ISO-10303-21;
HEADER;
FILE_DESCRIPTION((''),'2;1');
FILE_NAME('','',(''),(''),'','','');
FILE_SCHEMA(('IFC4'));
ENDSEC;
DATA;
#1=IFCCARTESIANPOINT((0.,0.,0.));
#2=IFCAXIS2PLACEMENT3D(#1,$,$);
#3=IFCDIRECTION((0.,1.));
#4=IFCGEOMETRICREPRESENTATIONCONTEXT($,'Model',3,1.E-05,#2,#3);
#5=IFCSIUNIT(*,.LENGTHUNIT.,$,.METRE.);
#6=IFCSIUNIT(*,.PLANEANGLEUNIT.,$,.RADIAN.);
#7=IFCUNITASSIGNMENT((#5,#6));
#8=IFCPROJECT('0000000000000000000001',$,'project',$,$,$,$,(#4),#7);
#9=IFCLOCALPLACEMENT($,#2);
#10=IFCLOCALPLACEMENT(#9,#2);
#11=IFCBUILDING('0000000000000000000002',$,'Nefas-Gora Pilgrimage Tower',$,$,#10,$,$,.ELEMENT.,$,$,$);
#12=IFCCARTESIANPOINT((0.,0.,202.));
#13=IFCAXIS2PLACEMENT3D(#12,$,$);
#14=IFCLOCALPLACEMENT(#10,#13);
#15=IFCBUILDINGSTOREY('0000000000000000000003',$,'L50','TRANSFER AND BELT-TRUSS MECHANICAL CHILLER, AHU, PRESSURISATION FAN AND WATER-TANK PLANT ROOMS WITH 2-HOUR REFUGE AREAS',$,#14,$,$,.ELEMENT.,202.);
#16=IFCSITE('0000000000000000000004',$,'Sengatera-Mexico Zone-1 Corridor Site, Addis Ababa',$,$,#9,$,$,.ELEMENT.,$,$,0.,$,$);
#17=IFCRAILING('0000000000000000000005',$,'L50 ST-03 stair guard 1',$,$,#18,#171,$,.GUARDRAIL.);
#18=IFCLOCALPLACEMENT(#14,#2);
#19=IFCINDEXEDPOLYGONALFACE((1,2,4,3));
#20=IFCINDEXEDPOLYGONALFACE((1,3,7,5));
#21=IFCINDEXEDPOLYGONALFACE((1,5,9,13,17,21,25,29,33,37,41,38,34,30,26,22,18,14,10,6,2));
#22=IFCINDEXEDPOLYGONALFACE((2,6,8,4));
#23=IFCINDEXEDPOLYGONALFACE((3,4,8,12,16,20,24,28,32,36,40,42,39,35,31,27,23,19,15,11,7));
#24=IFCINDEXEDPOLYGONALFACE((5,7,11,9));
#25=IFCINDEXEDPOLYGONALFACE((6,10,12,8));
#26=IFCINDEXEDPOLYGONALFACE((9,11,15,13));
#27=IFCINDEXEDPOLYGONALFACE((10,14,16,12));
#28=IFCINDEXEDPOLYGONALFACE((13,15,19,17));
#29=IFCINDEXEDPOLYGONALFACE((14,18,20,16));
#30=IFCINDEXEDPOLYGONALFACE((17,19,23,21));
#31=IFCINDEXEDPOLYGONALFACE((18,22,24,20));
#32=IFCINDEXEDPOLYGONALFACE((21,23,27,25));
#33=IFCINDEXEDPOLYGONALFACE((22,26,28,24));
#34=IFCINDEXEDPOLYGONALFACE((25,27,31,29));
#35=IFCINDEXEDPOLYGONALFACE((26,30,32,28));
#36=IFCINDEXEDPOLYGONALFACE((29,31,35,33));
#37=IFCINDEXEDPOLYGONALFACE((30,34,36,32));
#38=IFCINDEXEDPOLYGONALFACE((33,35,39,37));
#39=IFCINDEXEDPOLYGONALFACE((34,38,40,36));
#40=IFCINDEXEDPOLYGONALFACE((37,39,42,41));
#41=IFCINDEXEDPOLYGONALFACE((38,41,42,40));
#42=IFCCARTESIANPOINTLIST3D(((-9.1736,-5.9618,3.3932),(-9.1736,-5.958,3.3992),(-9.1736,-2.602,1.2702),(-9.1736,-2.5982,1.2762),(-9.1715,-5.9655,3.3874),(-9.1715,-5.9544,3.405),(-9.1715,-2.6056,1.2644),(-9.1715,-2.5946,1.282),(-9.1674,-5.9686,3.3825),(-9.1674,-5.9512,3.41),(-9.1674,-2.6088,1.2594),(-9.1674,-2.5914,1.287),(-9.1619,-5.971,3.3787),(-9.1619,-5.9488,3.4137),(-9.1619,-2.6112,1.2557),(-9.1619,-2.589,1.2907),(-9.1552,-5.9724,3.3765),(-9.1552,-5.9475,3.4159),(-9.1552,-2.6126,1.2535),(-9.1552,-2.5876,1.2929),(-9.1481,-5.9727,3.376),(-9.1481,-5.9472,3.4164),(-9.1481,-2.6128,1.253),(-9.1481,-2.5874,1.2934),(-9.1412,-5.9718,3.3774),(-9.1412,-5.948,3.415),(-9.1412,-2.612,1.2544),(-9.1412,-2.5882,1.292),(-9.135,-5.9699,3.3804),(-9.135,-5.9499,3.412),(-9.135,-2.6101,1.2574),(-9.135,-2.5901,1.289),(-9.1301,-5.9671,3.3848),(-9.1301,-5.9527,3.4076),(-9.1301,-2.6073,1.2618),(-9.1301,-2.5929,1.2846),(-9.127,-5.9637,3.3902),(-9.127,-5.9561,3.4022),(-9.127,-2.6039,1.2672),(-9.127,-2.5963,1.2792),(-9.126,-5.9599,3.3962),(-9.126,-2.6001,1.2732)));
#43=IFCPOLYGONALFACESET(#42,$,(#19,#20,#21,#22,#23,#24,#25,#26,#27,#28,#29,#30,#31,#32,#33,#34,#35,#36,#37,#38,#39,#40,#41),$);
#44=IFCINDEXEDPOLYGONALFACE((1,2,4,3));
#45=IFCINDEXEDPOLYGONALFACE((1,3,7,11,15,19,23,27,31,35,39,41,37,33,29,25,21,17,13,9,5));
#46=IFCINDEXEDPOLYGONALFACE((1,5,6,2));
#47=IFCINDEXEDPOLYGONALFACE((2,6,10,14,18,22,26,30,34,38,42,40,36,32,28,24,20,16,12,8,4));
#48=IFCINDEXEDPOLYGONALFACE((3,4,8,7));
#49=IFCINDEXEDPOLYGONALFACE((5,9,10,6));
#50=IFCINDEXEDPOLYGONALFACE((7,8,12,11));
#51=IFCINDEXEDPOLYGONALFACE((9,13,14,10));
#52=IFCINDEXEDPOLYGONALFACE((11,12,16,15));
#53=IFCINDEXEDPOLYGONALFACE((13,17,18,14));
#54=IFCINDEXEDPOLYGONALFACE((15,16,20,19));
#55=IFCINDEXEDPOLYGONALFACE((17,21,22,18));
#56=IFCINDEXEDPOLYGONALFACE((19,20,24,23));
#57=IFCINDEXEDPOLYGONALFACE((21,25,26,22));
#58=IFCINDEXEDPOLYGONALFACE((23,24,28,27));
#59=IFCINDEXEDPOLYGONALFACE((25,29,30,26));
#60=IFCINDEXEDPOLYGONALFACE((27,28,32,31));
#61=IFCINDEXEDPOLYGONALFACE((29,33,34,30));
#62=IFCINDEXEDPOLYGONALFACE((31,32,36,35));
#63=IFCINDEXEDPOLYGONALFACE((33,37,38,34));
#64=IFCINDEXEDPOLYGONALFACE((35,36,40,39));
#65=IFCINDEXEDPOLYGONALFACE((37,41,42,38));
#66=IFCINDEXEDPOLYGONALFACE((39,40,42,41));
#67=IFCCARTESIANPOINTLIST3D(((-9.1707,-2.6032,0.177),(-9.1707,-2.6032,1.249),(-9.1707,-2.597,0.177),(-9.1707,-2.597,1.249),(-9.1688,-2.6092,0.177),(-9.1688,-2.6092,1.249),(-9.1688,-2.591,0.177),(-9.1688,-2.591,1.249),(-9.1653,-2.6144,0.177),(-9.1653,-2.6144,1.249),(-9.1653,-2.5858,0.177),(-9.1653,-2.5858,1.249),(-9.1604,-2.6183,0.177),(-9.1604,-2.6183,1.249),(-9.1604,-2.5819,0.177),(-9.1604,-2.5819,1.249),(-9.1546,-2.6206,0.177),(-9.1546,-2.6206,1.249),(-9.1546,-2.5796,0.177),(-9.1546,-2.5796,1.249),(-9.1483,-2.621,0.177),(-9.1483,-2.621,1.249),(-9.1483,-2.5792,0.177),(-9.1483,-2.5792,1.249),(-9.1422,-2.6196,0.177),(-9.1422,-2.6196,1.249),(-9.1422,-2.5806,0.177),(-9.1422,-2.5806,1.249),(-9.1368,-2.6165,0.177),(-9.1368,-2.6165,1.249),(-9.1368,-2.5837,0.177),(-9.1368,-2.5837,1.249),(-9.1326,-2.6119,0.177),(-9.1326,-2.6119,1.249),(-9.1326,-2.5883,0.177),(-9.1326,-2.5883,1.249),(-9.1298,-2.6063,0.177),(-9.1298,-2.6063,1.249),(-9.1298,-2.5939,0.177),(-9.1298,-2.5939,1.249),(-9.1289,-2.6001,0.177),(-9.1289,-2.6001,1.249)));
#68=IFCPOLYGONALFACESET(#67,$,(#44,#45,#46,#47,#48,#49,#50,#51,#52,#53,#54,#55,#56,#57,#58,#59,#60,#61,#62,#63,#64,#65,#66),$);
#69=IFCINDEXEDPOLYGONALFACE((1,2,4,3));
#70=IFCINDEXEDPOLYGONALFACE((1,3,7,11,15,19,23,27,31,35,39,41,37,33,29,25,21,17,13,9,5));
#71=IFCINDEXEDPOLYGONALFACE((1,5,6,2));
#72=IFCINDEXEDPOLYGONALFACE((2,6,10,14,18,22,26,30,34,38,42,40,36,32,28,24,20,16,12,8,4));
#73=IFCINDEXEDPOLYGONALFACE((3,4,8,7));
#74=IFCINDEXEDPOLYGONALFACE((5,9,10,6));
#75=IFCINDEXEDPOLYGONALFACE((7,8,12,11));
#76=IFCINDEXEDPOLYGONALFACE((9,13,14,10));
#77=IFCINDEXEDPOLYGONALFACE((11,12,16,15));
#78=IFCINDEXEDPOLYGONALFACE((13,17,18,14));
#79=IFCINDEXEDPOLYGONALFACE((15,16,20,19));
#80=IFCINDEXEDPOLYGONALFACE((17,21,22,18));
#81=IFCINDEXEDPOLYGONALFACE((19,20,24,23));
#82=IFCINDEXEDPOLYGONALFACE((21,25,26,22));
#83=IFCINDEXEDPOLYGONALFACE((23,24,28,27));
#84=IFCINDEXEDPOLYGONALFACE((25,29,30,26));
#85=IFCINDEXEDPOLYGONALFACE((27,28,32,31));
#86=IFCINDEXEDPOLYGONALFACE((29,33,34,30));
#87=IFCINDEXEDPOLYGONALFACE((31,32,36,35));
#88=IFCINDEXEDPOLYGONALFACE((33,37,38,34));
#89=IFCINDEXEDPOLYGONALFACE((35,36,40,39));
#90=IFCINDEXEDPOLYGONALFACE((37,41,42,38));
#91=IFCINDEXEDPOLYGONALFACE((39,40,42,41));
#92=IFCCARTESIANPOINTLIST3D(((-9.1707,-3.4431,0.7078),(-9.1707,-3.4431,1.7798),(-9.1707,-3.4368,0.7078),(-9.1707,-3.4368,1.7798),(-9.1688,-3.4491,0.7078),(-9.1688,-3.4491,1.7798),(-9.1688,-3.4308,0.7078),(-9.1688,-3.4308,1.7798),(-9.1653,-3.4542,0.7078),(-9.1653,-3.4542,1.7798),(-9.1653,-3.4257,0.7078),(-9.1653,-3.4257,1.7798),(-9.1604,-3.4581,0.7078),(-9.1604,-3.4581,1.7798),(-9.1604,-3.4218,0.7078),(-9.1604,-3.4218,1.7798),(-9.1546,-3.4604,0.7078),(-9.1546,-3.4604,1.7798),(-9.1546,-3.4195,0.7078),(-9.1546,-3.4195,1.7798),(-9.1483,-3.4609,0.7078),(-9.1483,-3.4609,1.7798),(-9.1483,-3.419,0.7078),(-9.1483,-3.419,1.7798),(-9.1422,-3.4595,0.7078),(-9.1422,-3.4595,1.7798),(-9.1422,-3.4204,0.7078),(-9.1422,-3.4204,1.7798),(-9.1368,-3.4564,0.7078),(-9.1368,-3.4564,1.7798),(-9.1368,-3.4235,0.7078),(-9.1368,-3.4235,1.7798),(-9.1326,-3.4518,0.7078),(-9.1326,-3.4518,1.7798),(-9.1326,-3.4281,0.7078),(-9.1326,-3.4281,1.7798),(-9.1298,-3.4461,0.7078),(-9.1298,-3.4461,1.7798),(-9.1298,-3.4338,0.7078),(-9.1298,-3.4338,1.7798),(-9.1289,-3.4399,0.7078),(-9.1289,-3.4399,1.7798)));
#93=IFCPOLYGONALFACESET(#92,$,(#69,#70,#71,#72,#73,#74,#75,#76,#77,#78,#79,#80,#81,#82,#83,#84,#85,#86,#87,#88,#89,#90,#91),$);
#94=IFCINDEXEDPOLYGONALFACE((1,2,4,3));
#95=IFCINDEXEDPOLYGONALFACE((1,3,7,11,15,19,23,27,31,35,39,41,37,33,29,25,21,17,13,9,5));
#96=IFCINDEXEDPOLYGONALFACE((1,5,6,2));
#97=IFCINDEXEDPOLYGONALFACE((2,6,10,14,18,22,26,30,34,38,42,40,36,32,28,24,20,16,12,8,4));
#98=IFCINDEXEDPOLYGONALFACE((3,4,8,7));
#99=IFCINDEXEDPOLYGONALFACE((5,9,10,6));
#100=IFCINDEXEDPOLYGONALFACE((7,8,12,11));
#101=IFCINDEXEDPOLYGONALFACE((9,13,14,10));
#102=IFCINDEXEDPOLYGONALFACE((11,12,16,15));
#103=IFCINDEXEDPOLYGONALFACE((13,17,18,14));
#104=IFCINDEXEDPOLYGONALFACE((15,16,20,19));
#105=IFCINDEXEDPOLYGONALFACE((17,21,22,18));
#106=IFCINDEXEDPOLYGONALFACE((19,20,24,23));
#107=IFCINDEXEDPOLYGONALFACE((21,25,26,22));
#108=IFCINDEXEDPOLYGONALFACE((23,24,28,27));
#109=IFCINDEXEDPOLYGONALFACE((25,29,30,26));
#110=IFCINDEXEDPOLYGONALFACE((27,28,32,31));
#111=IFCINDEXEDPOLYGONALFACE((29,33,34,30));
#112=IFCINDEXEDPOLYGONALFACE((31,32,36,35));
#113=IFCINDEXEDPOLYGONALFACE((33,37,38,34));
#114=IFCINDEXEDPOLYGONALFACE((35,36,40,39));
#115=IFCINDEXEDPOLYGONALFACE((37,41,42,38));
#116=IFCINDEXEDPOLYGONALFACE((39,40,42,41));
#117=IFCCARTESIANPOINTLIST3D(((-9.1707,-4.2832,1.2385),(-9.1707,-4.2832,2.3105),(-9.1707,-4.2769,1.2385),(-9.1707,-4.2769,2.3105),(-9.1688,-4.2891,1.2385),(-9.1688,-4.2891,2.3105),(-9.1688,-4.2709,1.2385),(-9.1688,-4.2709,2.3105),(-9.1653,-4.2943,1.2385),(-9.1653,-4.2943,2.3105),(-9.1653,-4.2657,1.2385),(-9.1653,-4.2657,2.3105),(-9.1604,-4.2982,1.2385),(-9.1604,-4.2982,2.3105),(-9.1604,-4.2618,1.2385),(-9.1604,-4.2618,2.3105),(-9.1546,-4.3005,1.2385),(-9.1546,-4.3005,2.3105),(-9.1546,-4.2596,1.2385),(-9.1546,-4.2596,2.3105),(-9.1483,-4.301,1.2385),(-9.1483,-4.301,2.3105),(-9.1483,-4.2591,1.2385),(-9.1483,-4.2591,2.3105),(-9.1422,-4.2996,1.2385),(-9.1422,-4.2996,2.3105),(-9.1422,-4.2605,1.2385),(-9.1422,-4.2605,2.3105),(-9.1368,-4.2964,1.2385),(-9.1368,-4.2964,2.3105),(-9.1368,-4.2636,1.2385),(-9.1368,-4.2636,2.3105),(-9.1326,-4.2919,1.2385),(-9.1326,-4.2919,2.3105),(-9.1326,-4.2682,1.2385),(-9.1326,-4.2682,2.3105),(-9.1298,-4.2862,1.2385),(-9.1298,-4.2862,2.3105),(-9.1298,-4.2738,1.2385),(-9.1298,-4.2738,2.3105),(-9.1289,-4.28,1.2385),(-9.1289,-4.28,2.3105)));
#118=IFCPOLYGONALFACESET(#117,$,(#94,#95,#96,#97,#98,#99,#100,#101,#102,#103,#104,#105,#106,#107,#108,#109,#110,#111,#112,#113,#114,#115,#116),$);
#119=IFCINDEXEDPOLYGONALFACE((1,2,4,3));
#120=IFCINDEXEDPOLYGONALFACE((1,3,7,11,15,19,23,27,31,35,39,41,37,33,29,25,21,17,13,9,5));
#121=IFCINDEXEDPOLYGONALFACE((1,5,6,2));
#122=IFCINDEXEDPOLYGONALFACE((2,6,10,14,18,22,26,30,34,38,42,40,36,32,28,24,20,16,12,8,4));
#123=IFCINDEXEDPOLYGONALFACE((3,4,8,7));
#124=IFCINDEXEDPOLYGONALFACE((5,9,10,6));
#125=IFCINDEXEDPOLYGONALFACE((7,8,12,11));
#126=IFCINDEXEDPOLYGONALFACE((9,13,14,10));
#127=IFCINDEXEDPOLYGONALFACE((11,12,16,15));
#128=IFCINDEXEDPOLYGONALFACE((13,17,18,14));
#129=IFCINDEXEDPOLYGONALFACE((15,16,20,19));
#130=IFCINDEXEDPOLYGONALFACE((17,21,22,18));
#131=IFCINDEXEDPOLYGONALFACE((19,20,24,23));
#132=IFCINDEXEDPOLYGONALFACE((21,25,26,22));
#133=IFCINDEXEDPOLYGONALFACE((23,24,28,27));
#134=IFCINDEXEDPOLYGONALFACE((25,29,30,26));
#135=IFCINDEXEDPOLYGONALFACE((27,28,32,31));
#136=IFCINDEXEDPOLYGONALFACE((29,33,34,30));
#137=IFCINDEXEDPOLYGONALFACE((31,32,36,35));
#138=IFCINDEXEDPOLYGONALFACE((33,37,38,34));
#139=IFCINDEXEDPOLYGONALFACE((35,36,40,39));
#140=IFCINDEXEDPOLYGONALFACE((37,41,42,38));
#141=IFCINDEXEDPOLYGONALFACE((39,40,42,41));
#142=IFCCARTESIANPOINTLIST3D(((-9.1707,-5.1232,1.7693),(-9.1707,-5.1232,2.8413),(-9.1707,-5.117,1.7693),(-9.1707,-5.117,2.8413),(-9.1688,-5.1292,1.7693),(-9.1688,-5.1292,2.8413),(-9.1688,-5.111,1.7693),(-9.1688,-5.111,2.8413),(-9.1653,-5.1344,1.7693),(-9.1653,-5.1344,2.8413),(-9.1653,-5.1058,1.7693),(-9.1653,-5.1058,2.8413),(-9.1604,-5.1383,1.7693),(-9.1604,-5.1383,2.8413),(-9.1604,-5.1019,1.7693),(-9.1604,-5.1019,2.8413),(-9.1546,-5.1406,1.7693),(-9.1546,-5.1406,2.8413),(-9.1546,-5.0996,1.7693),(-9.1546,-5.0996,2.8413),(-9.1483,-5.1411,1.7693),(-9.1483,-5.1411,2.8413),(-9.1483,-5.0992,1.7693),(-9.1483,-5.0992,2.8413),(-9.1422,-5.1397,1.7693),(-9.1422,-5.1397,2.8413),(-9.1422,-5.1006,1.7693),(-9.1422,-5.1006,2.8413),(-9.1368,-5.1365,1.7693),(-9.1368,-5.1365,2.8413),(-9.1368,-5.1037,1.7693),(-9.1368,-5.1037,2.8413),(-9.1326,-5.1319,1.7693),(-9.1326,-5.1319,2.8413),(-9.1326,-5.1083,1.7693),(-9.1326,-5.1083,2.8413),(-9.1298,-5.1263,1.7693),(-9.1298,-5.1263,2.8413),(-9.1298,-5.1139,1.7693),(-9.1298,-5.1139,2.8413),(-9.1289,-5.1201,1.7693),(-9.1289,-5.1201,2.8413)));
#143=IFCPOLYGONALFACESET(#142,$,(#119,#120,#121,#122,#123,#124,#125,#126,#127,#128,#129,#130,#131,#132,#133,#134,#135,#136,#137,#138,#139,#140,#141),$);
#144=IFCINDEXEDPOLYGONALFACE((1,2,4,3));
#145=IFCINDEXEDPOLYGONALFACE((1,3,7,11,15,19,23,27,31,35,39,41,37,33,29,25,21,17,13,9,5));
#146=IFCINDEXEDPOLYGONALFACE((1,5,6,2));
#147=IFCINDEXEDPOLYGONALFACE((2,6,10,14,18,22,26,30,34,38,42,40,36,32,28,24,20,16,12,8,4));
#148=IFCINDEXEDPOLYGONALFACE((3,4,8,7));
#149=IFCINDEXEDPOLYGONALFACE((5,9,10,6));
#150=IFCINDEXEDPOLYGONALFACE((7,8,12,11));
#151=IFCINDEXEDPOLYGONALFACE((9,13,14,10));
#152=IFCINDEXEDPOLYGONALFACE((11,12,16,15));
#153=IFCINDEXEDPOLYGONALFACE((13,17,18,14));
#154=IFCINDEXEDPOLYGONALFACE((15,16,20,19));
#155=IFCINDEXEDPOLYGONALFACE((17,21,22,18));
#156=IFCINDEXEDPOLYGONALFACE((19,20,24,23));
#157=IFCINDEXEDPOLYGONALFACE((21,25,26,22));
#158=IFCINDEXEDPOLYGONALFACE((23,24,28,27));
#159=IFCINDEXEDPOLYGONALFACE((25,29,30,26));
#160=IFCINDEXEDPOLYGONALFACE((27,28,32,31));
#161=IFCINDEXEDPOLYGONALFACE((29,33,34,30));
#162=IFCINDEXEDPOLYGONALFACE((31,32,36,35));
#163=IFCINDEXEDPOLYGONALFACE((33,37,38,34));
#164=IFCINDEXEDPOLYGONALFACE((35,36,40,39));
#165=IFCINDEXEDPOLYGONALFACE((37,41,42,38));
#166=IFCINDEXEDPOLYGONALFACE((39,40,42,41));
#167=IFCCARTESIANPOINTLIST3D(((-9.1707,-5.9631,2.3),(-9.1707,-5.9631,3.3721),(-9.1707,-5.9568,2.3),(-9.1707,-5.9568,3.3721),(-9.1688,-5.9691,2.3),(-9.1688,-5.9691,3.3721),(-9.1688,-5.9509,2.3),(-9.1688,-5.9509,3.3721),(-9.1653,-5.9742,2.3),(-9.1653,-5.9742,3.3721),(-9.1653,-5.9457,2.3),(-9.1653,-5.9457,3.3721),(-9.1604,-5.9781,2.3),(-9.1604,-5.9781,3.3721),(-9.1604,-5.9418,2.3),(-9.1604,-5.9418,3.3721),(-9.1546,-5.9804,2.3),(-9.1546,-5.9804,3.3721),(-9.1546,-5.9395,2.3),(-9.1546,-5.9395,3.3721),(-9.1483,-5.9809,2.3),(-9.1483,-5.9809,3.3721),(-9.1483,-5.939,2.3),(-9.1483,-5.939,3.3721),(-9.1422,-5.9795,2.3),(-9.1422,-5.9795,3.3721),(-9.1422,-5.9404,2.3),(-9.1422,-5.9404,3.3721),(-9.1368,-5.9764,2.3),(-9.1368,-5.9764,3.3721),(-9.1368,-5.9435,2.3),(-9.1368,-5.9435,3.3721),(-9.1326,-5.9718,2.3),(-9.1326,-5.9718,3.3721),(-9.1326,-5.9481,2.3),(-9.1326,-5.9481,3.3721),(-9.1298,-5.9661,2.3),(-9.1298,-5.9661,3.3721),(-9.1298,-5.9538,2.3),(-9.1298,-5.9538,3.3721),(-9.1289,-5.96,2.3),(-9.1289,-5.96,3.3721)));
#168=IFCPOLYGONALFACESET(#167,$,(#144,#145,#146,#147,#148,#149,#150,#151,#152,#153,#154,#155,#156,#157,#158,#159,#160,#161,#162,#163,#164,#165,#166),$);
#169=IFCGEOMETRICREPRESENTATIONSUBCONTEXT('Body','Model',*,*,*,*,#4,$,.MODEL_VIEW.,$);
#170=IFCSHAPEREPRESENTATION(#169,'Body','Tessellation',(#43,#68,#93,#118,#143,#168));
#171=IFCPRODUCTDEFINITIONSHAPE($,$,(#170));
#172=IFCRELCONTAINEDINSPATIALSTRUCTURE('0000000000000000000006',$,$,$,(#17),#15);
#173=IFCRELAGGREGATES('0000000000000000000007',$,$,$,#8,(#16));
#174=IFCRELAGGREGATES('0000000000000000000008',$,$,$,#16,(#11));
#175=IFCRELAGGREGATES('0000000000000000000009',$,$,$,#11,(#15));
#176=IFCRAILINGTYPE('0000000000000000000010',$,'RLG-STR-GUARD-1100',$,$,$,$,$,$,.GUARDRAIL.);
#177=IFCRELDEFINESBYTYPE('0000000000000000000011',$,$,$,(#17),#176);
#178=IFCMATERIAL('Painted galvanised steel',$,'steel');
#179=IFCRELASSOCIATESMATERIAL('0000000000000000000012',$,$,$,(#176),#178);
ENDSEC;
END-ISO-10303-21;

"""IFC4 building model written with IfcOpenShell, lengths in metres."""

from ifc_helpers import new_model, si_unit, direction, frame, origin, origin_2d, place, context, subcontext, project, spatial, circle, extrude, material, type_object, element, save


model = new_model("IFC4")

# Units and contexts
model_context = context("Model", 3, precision=1e-05, world=origin(), true_north=direction((0.0, 1.0)))
body_context = subcontext(model_context, "Body", "Model", "MODEL_VIEW")
ifc_project = project(units=[si_unit("LENGTHUNIT", "METRE"), si_unit("PLANEANGLEUNIT", "RADIAN")], contexts=[model_context])

# Site, building, storey
site_placement = place(None, origin())
site = spatial("IfcSite", under=ifc_project, at=site_placement, Name="Sengatera-Mexico Zone-1 Corridor Site, Addis Ababa", CompositionType="ELEMENT", RefElevation=0.0)
building_placement = place(site_placement, origin())
building = spatial("IfcBuilding", under=site, at=building_placement, Name="Nefas-Gora Pilgrimage Tower", CompositionType="ELEMENT")
storey_placement = place(building_placement, frame((0.0, 0.0, 202.0)))
storey = spatial("IfcBuildingStorey", under=building, at=storey_placement, Name="L50", Description="TRANSFER AND BELT-TRUSS MECHANICAL CHILLER, AHU, PRESSURISATION FAN AND WATER-TANK PLANT ROOMS WITH 2-HOUR REFUGE AREAS", CompositionType="ELEMENT", Elevation=202.0)

# Railing
ifc_material_1 = material(Name="Painted galvanised steel", Category="steel")
railing_type_1 = type_object("IfcRailingType", Name="RLG-STR-GUARD-1100", PredefinedType="GUARDRAIL", material=ifc_material_1)
railing_1_placement = place(storey_placement, frame((-9.1499, -2.6001, 0.177)))
element("IfcRailing", 1, at=railing_1_placement, inside=storey, type_object=railing_type_1, Name="L50 ST-03 stair guard 1", PredefinedType="GUARDRAIL", context=body_context, shape_type="SweptSolid", body=[
    extrude(circle(Radius=0.0239, at=origin_2d()), frame((0.0, 0.0, 1.0962), z_axis=(0.0, -0.845372, 0.534178), x_axis=(1.0, 0.0, 0.0)), (0.0, 0.0, 1.0), 3.9744),
    extrude(circle(Radius=0.021, at=origin_2d()), origin(), (0.0, 0.0, 1.0), 1.072),
    extrude(circle(Radius=0.021, at=origin_2d()), frame((0.0, -0.8398, 0.5308)), (0.0, 0.0, 1.0), 1.072),
    extrude(circle(Radius=0.021, at=origin_2d()), frame((0.0, -1.6799, 1.0615)), (0.0, 0.0, 1.0), 1.072),
    extrude(circle(Radius=0.021, at=origin_2d()), frame((0.0, -2.52, 1.5923)), (0.0, 0.0, 1.0), 1.072),
    extrude(circle(Radius=0.021, at=origin_2d()), frame((0.0, -3.3599, 2.123)), (0.0, 0.0, 1.0), 1.072),
])

save(model, "model.ifc")
